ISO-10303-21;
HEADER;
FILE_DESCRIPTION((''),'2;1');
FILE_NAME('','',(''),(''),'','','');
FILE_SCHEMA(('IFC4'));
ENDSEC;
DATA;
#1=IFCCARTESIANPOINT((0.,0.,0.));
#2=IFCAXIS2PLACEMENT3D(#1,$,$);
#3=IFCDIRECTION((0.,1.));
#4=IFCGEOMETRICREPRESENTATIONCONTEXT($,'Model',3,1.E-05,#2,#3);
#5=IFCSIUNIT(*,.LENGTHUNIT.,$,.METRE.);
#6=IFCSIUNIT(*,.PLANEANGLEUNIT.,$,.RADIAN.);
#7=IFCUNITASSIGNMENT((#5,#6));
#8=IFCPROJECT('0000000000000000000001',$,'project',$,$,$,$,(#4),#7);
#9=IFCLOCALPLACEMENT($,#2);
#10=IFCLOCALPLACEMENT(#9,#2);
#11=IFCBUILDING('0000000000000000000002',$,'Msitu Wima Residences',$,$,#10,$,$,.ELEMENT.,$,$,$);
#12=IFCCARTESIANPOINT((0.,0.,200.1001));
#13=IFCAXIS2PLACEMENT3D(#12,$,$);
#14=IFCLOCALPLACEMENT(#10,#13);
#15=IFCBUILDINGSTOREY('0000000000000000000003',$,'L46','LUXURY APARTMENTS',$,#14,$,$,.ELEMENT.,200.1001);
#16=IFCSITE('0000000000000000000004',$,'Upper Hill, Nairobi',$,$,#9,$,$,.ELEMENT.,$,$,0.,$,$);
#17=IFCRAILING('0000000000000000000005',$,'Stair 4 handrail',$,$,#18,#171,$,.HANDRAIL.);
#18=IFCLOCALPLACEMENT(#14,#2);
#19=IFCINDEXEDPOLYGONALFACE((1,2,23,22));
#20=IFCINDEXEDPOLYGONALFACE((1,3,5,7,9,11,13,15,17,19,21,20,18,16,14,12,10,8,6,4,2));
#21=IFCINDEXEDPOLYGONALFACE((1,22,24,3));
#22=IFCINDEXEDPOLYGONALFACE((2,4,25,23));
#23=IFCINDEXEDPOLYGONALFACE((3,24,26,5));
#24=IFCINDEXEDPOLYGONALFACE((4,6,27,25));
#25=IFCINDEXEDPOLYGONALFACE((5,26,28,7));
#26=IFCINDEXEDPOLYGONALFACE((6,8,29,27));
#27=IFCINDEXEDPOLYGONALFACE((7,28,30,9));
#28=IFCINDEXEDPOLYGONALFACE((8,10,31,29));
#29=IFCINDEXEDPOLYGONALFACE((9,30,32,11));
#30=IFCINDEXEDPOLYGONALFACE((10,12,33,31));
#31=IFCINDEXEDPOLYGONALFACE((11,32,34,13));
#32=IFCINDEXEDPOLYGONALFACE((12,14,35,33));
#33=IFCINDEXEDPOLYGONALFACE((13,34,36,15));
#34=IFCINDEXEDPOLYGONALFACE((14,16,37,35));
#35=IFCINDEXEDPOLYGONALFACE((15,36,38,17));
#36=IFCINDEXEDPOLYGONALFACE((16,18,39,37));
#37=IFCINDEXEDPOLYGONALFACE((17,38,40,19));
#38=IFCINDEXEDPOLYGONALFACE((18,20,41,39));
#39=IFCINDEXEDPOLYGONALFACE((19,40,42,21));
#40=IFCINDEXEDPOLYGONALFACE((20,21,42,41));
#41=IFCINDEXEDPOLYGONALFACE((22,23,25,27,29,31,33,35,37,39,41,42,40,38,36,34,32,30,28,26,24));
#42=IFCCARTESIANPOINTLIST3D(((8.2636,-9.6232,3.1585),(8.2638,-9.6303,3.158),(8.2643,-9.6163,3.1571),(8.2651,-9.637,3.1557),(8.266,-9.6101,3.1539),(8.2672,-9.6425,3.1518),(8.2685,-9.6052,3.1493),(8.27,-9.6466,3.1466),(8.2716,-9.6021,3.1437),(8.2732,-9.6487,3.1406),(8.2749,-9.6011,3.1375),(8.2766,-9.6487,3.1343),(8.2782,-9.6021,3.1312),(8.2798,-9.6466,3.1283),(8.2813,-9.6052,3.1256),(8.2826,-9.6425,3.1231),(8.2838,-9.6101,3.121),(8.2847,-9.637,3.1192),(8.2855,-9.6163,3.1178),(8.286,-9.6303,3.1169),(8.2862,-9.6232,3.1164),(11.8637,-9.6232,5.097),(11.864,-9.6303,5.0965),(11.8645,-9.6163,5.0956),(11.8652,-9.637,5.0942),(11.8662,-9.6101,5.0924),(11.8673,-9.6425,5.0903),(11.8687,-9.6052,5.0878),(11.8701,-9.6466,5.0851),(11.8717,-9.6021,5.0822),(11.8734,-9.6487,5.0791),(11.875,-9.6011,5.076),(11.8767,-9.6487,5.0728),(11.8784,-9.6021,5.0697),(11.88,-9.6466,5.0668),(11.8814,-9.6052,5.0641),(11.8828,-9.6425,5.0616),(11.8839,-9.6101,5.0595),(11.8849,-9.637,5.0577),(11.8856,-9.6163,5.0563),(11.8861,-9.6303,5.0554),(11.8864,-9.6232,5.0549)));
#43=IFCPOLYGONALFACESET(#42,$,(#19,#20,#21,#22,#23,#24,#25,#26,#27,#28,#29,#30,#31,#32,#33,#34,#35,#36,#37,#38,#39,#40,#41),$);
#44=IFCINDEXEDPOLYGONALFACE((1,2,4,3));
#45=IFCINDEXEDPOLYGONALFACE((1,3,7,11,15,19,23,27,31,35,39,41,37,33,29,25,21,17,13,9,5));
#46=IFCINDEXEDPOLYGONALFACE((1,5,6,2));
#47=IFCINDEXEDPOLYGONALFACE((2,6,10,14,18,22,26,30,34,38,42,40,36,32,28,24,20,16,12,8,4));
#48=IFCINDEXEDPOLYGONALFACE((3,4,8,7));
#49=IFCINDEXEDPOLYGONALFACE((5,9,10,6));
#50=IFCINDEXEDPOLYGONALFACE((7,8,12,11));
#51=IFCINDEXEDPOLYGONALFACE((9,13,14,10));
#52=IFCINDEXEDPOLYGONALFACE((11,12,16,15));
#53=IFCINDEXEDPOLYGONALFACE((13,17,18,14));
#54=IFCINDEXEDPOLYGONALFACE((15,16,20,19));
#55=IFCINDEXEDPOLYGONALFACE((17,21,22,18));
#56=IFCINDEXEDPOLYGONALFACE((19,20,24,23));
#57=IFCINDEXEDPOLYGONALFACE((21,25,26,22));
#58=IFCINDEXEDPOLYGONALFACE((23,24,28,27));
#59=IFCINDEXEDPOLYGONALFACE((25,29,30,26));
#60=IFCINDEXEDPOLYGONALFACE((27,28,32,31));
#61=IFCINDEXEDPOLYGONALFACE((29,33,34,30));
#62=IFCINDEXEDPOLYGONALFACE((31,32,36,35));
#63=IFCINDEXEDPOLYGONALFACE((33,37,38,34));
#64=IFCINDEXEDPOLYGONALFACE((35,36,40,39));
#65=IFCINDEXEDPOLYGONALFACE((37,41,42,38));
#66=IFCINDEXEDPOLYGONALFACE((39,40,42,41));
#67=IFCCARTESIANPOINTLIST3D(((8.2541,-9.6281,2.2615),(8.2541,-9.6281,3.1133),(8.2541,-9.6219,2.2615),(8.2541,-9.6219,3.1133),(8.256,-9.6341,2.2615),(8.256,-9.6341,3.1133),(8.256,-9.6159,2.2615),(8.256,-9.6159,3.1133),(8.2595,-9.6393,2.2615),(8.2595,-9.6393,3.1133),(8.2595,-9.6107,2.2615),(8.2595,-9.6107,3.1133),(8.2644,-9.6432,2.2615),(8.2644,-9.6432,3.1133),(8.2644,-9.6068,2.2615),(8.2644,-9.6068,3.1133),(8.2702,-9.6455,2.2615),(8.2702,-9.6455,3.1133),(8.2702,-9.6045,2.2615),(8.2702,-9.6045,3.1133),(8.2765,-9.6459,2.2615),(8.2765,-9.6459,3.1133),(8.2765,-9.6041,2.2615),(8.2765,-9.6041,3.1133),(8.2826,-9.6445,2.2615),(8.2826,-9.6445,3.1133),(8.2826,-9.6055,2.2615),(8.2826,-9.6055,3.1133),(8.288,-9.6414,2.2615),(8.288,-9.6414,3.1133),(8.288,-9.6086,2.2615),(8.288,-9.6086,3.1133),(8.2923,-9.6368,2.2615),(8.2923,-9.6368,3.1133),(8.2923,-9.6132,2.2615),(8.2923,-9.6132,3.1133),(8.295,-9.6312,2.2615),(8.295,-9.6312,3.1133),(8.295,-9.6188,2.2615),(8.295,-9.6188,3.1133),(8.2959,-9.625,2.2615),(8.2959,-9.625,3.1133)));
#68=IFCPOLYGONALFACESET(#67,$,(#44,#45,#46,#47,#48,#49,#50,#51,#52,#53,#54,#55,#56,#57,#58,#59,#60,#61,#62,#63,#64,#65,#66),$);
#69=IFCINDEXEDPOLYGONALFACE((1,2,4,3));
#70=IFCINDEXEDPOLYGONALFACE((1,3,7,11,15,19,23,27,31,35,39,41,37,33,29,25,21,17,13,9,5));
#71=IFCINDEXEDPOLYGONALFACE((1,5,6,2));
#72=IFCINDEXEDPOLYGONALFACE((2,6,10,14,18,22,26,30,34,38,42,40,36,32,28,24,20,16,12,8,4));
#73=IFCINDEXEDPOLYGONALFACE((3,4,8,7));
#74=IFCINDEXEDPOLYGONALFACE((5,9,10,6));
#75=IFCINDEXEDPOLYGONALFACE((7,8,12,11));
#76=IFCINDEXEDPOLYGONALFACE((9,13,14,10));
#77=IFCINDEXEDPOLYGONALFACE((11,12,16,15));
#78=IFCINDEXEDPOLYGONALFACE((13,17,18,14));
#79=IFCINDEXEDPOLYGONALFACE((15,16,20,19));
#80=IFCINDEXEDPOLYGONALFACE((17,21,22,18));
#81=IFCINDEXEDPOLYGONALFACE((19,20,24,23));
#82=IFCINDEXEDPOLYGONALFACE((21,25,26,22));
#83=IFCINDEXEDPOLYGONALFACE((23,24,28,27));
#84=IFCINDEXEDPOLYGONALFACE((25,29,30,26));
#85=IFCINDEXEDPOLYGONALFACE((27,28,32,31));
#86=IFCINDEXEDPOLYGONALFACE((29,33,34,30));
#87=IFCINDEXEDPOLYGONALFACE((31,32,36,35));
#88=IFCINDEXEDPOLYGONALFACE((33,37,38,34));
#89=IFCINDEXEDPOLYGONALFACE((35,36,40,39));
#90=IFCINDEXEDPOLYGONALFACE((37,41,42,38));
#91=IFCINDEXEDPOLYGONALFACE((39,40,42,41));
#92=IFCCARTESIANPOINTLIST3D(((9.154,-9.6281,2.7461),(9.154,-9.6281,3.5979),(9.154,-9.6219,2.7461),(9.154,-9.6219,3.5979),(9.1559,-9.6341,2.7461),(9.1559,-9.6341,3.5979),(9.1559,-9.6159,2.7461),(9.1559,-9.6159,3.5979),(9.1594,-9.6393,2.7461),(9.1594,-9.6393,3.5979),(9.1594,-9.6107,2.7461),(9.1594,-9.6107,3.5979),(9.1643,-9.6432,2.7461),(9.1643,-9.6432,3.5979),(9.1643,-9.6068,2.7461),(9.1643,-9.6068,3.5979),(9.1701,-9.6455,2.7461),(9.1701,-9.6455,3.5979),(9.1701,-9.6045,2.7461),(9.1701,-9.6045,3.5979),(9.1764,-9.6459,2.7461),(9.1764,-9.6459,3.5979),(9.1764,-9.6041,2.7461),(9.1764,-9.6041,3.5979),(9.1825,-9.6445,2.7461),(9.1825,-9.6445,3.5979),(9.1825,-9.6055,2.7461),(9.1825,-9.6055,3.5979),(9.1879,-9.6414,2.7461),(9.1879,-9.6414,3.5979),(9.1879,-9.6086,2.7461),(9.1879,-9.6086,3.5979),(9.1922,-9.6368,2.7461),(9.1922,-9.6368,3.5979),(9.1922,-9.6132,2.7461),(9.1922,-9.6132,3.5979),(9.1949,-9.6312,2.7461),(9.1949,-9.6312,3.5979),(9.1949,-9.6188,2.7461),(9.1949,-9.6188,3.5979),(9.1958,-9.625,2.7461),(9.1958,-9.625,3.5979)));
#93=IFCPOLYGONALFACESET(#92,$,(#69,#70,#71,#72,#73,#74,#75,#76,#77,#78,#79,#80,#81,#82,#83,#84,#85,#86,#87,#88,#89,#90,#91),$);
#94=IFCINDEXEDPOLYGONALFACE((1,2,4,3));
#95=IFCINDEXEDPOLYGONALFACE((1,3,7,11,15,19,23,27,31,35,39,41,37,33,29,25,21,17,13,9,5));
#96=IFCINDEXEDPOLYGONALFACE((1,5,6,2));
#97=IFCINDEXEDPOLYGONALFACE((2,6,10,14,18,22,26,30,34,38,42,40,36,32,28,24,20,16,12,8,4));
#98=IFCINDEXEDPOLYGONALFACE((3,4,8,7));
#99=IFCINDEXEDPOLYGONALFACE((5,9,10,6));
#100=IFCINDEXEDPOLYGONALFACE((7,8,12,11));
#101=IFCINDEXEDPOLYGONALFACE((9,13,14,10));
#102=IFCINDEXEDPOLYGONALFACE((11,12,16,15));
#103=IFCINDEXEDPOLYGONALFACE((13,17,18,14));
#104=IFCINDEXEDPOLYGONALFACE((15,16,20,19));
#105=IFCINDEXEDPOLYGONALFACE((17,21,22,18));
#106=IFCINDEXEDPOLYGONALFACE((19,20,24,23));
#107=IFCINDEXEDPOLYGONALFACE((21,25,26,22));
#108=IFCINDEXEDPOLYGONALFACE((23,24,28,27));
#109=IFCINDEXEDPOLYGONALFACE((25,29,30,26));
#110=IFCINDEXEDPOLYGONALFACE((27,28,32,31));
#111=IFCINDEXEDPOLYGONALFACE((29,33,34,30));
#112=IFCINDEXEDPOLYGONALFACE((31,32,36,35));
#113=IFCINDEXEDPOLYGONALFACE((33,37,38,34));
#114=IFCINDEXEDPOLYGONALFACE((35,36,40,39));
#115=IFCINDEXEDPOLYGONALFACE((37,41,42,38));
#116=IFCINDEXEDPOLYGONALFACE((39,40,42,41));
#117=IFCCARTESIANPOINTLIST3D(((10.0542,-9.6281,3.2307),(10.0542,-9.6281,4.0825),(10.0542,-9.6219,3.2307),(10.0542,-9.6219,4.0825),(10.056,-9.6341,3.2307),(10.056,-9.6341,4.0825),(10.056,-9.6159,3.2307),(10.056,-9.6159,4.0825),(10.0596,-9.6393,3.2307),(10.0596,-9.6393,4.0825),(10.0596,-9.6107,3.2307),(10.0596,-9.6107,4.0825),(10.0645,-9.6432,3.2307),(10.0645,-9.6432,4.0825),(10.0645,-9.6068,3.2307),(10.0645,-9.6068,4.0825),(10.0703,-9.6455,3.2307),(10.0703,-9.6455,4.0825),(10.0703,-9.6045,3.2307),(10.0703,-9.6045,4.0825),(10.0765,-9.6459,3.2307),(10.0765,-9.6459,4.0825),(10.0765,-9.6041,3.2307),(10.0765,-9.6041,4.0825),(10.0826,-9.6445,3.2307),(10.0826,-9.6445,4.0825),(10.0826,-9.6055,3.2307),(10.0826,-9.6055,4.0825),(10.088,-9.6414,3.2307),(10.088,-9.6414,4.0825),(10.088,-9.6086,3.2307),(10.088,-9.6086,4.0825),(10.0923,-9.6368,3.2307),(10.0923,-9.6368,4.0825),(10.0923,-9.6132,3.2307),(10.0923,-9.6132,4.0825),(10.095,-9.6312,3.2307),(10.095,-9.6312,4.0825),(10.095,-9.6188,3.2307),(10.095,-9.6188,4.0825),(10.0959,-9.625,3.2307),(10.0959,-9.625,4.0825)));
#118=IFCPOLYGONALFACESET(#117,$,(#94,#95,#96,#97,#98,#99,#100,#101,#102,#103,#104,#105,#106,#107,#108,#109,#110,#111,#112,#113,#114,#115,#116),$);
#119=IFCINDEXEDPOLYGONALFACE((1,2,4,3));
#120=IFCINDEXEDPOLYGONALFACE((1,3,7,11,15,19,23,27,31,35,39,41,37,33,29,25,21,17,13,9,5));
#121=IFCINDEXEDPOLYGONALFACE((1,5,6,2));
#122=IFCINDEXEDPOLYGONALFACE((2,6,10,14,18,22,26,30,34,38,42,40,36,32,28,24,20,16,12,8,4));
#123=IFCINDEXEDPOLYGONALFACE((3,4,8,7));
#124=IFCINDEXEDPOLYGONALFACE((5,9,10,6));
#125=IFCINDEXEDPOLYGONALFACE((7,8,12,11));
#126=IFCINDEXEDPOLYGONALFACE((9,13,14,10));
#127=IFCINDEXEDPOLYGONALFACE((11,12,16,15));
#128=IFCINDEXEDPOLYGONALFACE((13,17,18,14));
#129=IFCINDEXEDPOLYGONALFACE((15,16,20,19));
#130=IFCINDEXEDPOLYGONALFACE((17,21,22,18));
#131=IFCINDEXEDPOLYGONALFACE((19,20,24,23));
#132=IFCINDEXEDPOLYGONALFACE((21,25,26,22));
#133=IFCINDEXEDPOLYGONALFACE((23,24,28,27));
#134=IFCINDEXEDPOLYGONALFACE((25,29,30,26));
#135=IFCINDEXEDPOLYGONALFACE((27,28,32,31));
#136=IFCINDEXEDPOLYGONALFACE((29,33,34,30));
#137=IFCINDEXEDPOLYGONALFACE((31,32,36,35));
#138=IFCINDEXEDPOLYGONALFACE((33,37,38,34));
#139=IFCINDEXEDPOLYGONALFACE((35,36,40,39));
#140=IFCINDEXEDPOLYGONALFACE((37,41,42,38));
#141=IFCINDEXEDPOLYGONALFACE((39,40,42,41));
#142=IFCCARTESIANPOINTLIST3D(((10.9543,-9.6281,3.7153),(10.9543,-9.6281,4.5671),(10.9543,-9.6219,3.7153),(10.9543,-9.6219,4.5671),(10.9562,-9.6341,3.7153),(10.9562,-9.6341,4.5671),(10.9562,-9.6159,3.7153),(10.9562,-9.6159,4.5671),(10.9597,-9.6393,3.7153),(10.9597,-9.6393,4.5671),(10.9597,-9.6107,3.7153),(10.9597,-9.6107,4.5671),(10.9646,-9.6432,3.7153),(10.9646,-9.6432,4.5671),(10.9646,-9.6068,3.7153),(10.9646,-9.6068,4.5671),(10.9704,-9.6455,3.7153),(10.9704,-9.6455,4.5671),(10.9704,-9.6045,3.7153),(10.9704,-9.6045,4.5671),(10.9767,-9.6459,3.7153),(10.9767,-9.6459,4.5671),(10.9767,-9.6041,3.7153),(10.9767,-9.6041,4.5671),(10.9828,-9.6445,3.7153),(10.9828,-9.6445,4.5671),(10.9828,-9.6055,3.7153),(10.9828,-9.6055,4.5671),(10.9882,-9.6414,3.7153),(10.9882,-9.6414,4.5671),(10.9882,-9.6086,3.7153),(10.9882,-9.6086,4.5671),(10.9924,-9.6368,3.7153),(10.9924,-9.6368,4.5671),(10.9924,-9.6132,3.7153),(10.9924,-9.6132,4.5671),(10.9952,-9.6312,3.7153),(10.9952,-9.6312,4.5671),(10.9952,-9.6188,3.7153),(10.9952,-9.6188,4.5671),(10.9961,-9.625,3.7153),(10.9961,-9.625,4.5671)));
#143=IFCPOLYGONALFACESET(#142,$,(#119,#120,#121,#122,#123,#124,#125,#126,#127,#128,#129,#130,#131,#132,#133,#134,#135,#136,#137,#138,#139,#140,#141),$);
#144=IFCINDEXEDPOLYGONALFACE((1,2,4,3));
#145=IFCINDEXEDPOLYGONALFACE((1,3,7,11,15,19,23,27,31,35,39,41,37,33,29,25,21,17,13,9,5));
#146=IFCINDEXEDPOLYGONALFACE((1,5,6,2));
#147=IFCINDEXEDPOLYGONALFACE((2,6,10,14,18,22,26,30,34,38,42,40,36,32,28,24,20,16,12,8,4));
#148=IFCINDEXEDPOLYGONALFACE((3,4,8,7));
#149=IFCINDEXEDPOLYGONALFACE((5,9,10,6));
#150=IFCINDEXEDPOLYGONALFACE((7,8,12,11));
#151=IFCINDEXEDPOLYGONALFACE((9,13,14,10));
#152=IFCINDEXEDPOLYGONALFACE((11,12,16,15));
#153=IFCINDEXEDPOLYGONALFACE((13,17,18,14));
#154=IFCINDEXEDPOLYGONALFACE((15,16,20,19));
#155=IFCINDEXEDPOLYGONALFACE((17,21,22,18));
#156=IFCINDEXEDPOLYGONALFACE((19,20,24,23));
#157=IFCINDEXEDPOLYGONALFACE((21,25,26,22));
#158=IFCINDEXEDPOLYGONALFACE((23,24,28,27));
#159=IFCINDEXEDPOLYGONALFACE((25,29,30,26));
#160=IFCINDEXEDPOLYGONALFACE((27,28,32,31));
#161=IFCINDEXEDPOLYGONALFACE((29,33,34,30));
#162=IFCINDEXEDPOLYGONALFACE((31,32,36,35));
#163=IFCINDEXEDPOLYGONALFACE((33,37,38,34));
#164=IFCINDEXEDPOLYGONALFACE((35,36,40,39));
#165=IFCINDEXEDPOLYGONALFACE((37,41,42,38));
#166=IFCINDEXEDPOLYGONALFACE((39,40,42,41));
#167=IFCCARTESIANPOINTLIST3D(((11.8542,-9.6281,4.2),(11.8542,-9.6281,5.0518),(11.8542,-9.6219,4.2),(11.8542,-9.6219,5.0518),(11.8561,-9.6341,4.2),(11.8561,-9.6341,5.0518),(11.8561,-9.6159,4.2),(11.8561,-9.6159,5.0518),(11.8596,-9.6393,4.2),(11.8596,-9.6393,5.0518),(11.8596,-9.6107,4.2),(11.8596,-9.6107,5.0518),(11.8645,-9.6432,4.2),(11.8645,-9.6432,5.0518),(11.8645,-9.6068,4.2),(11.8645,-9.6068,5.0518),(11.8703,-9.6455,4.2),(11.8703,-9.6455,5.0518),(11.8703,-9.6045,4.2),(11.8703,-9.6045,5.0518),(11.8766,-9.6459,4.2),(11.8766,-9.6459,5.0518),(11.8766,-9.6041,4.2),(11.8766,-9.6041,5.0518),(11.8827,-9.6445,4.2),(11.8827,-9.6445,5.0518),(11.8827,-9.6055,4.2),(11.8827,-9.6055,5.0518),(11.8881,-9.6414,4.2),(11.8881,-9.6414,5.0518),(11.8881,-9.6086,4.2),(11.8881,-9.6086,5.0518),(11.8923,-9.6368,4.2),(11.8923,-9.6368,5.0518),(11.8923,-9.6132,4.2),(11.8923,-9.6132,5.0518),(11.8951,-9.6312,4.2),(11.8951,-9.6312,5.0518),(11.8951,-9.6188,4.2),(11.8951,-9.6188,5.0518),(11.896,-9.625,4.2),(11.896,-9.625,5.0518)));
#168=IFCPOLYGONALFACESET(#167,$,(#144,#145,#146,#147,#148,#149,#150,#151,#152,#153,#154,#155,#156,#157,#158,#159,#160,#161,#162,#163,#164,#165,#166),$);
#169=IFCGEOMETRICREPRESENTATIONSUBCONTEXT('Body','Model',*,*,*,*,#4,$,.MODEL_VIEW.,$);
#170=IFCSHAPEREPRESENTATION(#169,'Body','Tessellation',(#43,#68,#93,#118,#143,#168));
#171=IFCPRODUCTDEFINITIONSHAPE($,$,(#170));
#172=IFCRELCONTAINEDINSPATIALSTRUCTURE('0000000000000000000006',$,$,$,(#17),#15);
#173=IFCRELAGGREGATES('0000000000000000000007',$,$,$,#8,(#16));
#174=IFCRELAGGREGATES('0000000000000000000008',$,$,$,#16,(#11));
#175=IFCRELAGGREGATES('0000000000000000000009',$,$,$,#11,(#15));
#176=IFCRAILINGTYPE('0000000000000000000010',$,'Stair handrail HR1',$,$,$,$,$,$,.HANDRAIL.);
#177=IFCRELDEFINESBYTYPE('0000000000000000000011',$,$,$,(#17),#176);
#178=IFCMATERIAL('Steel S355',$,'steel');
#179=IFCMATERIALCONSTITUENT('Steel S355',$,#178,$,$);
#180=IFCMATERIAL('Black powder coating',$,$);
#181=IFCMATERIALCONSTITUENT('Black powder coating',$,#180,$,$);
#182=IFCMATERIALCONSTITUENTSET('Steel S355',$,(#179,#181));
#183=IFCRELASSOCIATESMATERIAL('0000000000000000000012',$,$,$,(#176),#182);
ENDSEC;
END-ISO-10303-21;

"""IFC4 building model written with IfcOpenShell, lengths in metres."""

from ifc_helpers import new_model, si_unit, direction, frame, origin, origin_2d, place, context, subcontext, project, spatial, circle, extrude, material, constituent, constituent_set, type_object, element, save


model = new_model("IFC4")

# Units and contexts
model_context = context("Model", 3, precision=1e-05, world=origin(), true_north=direction((0.0, 1.0)))
body_context = subcontext(model_context, "Body", "Model", "MODEL_VIEW")
ifc_project = project(units=[si_unit("LENGTHUNIT", "METRE"), si_unit("PLANEANGLEUNIT", "RADIAN")], contexts=[model_context])

# Site, building, storey
site_placement = place(None, origin())
site = spatial("IfcSite", under=ifc_project, at=site_placement, Name="Upper Hill, Nairobi", CompositionType="ELEMENT", RefElevation=0.0)
building_placement = place(site_placement, origin())
building = spatial("IfcBuilding", under=site, at=building_placement, Name="Msitu Wima Residences", CompositionType="ELEMENT")
storey_placement = place(building_placement, frame((0.0, 0.0, 200.1001)))
storey = spatial("IfcBuildingStorey", under=building, at=storey_placement, Name="L46", Description="LUXURY APARTMENTS", CompositionType="ELEMENT", Elevation=200.1001)

# Railing
ifc_material_1 = material(Name="Steel S355", Category="steel")
ifc_constituent_1 = constituent(ifc_material_1, Name="Steel S355")
ifc_material_2 = material(Name="Black powder coating")
ifc_constituent_2 = constituent(ifc_material_2, Name="Black powder coating")
ifc_constituent_set = constituent_set(constituents=[ifc_constituent_1, ifc_constituent_2], Name="Steel S355")
railing_type = type_object("IfcRailingType", Name="Stair handrail HR1", PredefinedType="HANDRAIL", material=ifc_constituent_set)
for number, where, name in (
    (1, (8.2749, -9.625, 2.2615), "Stair 4 handrail"),
):
    element("IfcRailing", number, at=place(storey_placement, frame(where)), inside=storey, type_object=railing_type, Name=name, PredefinedType="HANDRAIL", context=body_context, shape_type="SweptSolid", body=[
        extrude(circle(Radius=0.0239, at=origin_2d()), frame((0.0, 0.0, 0.876), z_axis=(0.880475, 0.0, 0.474093), x_axis=(0.0, 1.0, 0.0)), (0.0, 0.0, 1.0), 4.0889),
        extrude(circle(Radius=0.021, at=origin_2d()), origin(), (0.0, 0.0, 1.0), 0.8518),
        extrude(circle(Radius=0.021, at=origin_2d()), frame((0.8999, 0.0, 0.4846)), (0.0, 0.0, 1.0), 0.8518),
        extrude(circle(Radius=0.021, at=origin_2d()), frame((1.8, 0.0, 0.9692)), (0.0, 0.0, 1.0), 0.8518),
        extrude(circle(Radius=0.021, at=origin_2d()), frame((2.7002, 0.0, 1.4539)), (0.0, 0.0, 1.0), 0.8518),
        extrude(circle(Radius=0.021, at=origin_2d()), frame((3.6001, 0.0, 1.9385)), (0.0, 0.0, 1.0), 0.8518),
    ])

save(model, "model.ifc")
